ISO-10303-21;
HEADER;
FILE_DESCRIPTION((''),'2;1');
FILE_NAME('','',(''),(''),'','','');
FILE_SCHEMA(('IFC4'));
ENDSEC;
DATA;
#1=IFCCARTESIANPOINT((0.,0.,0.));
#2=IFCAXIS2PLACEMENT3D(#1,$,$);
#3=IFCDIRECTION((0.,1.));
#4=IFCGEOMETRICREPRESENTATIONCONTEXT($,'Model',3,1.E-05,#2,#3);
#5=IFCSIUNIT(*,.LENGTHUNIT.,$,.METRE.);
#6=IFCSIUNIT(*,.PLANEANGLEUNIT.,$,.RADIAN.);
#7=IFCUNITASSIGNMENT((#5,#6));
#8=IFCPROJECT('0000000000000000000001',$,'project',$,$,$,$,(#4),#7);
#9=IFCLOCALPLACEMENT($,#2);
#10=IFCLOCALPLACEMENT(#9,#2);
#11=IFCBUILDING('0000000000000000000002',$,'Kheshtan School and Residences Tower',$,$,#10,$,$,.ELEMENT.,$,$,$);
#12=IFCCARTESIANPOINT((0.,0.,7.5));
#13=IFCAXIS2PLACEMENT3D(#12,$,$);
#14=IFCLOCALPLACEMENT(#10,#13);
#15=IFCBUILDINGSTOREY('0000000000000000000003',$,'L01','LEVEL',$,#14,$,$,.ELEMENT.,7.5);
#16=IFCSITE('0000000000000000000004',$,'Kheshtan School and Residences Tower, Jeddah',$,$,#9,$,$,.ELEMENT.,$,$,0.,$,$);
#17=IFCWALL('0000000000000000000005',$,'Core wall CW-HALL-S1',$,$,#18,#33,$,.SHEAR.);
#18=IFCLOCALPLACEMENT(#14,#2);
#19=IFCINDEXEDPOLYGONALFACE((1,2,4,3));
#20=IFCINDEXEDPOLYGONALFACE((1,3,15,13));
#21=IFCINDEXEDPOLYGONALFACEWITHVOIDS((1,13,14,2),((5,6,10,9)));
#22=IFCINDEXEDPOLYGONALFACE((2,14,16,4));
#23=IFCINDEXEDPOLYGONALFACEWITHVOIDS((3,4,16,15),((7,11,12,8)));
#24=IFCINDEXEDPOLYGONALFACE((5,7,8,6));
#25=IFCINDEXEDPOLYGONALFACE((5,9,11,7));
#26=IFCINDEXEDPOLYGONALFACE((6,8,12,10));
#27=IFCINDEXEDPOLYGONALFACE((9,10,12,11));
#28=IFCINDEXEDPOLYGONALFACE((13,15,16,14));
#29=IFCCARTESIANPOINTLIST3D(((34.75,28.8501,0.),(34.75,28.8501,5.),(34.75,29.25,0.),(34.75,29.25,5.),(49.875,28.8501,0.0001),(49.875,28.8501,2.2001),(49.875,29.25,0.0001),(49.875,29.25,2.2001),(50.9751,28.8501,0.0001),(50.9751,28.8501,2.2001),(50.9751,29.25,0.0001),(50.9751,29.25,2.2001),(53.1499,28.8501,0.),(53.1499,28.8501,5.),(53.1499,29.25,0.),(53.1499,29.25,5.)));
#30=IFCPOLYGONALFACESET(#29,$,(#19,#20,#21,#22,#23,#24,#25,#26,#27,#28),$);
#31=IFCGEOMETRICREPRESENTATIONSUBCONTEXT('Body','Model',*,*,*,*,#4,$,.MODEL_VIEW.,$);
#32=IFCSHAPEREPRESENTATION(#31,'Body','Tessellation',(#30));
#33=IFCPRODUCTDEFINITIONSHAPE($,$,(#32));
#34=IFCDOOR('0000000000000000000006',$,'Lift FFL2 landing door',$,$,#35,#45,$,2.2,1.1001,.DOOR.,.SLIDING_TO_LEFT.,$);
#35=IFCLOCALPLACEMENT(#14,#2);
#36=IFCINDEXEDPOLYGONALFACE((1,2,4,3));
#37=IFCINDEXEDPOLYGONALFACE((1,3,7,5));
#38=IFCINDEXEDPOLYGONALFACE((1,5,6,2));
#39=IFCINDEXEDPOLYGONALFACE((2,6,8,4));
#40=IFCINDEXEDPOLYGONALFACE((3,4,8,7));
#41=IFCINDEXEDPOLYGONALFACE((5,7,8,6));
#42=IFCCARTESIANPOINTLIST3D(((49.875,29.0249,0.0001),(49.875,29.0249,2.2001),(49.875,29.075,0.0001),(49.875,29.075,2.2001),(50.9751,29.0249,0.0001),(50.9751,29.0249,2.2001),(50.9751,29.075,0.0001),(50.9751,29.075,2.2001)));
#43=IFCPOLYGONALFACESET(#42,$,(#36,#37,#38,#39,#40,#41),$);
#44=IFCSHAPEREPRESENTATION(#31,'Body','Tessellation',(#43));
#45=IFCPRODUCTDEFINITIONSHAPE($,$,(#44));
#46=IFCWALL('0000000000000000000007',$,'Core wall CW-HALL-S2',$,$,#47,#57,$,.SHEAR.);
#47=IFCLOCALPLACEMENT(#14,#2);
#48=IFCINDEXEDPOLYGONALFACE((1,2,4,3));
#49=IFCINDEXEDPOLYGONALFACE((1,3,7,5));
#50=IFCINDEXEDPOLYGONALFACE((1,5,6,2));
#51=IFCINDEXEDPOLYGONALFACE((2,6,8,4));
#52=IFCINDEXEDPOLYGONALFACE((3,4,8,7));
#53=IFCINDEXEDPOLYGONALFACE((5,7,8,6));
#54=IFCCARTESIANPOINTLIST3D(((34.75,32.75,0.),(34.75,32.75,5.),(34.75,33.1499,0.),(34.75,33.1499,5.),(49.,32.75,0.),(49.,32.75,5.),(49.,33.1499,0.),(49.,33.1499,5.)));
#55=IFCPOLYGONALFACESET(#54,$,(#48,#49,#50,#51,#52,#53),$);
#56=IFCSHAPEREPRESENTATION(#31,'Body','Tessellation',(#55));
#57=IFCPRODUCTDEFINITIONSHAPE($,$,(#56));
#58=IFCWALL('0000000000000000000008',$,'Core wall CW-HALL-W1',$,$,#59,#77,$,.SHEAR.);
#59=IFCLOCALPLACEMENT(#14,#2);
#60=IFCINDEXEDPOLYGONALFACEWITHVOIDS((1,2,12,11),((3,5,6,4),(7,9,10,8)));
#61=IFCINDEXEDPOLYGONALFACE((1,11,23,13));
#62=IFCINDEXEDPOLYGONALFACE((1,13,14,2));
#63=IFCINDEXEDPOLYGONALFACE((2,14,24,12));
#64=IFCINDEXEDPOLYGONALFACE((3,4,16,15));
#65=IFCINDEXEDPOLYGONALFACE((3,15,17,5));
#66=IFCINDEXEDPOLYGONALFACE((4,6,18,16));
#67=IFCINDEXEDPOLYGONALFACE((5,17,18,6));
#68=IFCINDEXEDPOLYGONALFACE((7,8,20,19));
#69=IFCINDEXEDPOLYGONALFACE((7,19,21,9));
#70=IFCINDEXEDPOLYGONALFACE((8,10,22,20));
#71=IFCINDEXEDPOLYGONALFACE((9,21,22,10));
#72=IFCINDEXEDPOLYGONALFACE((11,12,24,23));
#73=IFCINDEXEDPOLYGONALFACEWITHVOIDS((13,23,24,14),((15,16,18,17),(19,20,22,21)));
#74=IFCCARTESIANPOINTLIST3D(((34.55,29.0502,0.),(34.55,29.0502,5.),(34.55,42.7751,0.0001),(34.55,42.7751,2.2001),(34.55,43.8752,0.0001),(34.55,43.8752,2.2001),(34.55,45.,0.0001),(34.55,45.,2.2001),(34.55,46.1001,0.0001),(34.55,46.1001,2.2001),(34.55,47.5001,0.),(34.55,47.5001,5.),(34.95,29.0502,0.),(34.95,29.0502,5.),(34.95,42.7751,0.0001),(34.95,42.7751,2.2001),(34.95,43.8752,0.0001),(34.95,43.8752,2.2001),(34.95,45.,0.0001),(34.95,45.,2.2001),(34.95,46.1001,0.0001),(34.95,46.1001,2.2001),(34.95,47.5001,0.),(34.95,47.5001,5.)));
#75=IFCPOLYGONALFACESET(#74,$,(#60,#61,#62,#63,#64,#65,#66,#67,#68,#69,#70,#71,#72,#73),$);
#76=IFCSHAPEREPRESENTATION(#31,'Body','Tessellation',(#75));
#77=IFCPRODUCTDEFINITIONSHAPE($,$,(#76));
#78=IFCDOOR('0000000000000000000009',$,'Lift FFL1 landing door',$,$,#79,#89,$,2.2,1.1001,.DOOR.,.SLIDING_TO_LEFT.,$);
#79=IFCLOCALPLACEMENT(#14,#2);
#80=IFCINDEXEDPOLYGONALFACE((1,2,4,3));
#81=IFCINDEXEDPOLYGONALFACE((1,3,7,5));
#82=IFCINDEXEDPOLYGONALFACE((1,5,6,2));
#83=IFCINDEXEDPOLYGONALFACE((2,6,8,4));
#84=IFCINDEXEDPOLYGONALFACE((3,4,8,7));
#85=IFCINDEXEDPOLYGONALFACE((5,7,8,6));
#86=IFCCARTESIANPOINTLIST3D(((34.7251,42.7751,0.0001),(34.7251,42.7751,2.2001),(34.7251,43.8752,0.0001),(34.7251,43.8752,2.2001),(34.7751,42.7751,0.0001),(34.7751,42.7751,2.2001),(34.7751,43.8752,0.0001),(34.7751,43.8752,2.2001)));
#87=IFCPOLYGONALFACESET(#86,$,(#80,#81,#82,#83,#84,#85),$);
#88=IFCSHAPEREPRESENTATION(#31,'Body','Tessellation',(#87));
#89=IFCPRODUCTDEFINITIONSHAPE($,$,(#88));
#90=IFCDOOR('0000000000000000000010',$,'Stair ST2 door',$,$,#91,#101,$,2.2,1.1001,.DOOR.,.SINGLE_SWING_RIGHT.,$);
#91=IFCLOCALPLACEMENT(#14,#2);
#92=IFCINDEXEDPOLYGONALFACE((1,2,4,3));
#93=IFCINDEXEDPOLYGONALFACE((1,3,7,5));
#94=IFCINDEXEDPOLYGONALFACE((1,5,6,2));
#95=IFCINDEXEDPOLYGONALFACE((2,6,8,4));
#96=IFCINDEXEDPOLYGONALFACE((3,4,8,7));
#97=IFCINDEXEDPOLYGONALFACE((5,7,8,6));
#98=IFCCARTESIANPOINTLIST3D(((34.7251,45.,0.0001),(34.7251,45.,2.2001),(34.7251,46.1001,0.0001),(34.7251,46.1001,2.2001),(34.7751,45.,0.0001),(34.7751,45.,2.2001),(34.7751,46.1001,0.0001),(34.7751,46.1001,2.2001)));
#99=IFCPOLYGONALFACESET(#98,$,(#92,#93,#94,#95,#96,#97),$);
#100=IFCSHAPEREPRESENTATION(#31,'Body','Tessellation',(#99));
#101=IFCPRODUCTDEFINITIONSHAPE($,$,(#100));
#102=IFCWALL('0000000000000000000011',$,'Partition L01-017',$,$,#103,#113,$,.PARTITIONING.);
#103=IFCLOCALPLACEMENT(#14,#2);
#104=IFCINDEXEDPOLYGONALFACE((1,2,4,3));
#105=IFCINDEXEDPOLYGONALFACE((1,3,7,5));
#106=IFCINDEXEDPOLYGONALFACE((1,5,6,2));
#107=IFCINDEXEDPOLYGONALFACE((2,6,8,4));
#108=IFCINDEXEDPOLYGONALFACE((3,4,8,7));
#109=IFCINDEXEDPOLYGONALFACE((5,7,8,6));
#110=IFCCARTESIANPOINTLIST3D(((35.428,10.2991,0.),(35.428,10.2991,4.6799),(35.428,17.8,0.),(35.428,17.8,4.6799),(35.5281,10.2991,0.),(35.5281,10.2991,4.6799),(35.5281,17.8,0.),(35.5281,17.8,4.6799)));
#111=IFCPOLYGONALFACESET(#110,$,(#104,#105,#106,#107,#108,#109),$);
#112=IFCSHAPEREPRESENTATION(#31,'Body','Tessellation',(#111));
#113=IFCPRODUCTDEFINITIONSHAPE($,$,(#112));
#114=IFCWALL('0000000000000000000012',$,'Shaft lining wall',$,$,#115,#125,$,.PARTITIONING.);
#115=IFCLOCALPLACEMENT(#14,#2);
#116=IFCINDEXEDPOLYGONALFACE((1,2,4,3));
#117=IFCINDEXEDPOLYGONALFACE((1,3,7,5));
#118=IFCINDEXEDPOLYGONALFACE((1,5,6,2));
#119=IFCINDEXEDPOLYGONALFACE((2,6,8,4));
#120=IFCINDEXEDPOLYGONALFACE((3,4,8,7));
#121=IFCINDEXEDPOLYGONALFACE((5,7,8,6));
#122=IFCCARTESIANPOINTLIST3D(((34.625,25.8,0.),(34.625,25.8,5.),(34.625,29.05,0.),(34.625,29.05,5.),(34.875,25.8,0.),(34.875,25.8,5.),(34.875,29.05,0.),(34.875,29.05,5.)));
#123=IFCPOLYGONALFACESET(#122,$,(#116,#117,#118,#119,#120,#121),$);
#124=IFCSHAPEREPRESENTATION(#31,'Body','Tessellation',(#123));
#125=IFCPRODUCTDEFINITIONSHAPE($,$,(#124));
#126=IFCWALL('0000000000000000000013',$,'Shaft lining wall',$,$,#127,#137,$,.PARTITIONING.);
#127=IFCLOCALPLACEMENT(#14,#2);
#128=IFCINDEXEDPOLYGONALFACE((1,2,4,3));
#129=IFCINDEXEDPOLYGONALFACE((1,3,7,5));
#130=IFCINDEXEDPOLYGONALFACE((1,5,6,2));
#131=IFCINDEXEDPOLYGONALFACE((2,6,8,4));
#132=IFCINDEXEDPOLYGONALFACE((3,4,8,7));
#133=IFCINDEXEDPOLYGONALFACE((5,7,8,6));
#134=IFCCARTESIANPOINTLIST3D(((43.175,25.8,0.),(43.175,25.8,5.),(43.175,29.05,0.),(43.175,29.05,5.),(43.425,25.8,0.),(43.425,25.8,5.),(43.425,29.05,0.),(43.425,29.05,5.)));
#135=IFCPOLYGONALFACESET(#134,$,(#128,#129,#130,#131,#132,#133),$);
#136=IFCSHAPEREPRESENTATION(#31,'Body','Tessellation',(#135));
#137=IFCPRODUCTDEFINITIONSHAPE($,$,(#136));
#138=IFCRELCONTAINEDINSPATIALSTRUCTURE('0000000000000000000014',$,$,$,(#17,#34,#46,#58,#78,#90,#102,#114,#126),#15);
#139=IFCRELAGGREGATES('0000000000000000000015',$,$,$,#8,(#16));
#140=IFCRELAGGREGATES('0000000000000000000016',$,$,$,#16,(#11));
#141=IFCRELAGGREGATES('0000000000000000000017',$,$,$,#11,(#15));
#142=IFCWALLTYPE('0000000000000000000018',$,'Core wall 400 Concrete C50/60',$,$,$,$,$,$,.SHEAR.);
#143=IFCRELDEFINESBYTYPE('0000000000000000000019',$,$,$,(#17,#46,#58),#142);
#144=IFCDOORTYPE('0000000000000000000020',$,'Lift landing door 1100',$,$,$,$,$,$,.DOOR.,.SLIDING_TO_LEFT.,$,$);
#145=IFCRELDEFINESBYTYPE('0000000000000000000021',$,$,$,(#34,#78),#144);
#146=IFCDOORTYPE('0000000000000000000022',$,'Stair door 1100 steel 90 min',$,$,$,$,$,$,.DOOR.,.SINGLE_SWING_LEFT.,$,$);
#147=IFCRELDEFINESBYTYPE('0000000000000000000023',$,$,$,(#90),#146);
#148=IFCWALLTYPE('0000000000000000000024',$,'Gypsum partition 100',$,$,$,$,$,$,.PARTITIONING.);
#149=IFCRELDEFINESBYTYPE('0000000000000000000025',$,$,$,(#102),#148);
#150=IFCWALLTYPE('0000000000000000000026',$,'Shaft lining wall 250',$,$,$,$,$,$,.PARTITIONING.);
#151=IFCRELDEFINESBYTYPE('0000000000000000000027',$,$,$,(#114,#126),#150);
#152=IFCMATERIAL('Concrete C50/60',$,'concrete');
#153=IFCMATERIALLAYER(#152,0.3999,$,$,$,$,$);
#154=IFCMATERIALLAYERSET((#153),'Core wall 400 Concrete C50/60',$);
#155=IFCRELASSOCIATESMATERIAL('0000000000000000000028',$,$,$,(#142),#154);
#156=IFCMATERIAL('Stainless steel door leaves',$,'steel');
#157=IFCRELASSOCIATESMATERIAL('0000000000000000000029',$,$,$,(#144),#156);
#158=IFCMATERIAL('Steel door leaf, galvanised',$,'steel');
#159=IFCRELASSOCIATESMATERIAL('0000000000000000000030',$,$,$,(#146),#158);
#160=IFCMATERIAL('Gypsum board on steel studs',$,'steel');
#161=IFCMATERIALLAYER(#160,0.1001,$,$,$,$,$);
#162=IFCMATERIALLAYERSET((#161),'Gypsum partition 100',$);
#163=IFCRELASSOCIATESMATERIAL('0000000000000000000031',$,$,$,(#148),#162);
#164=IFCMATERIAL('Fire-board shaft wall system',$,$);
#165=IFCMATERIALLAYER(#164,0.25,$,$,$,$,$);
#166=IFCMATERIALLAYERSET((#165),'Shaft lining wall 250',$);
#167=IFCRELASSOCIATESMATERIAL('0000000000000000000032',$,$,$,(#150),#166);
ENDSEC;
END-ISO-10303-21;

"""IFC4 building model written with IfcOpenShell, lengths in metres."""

from ifc_helpers import new_model, si_unit, direction, frame, frame_2d, origin, place, context, subcontext, project, spatial, rectangle, extrude, source, transform, mapped, material, layer, layer_set, type_object, element, fill, save


model = new_model("IFC4")

# Units and contexts
model_context = context("Model", 3, precision=1e-05, world=origin(), true_north=direction((0.0, 1.0)))
body_context = subcontext(model_context, "Body", "Model", "MODEL_VIEW")
ifc_project = project(units=[si_unit("LENGTHUNIT", "METRE"), si_unit("PLANEANGLEUNIT", "RADIAN")], contexts=[model_context])

# Site, building, storey
site_placement = place(None, origin())
site = spatial("IfcSite", under=ifc_project, at=site_placement, Name="Kheshtan School and Residences Tower, Jeddah", CompositionType="ELEMENT", RefElevation=0.0)
building_placement = place(site_placement, origin())
building = spatial("IfcBuilding", under=site, at=building_placement, Name="Kheshtan School and Residences Tower", CompositionType="ELEMENT")
storey_placement = place(building_placement, frame((0.0, 0.0, 7.5)))
storey = spatial("IfcBuildingStorey", under=building, at=storey_placement, Name="L01", Description="LEVEL", CompositionType="ELEMENT", Elevation=7.5)

# Wall, opening, door
ifc_material_1 = material(Name="Concrete C50/60", Category="concrete")
ifc_layer_1 = layer(ifc_material_1, 0.3999)
ifc_layer_set_1 = layer_set([ifc_layer_1], Name="Core wall 400 Concrete C50/60")
wall_type_1 = type_object("IfcWallType", Name="Core wall 400 Concrete C50/60", PredefinedType="SHEAR", material=ifc_layer_set_1)
wall_1_placement = place(storey_placement, frame((34.75, 29.05, 0.0), z_axis=(0.0, 0.0, 1.0), x_axis=(1.0, 0.0, 0.0)))
wall_1 = element("IfcWall", 1, at=wall_1_placement, inside=storey, type_object=wall_type_1, Name="Core wall CW-HALL-S1", PredefinedType="SHEAR", context=body_context, shape_type="SweptSolid", body=[
    extrude(rectangle(XDim=18.3999, YDim=0.3999, at=frame_2d((9.2, 0.0))), origin(), (0.0, 0.0, 1.0), 5.0),
])
opening_1_placement = place(wall_1_placement, frame((15.125, 0.0, 0.0)))
opening_1 = element("IfcOpeningElement", 2, at=opening_1_placement, cuts=wall_1, PredefinedType="OPENING", context=body_context, shape_type="SweptSolid", body=[
    extrude(rectangle(XDim=1.1001, YDim=2.2, at=frame_2d((0.55, 1.1001))), frame((0.0, 0.21, 0.0), z_axis=(0.0, -1.0, 0.0), x_axis=(1.0, 0.0, 0.0)), (0.0, 0.0, 1.0), 0.4199),
])
ifc_material_2 = material(Name="Stainless steel door leaves", Category="steel")
door_type_1 = type_object("IfcDoorType", Name="Lift landing door 1100", OperationType="SLIDING_TO_LEFT", PredefinedType="DOOR", material=ifc_material_2)
shared_shape_1 = source(origin(), body_context, "Body", "SweptSolid", [
    extrude(rectangle(XDim=1.1001, YDim=2.2, at=frame_2d((0.55, 1.1001))), frame((0.0, 0.0249, 0.0), z_axis=(0.0, -1.0, 0.0), x_axis=(1.0, 0.0, 0.0)), (0.0, 0.0, 1.0), 0.05),
])
door_1_placement = place(opening_1_placement, origin())
door_1 = element("IfcDoor", 3, at=door_1_placement, inside=storey, type_object=door_type_1, Name="Lift FFL2 landing door", OperationType="SLIDING_TO_LEFT", OverallHeight=2.2, OverallWidth=1.1001, PredefinedType="DOOR", context=body_context, shape_type="MappedRepresentation", body=[
    mapped(shared_shape_1, transform((0.0, 0.0, 0.0), x_axis=(1.0, 0.0, 0.0), y_axis=(0.0, 1.0, 0.0), z_axis=(0.0, 0.0, 1.0), scale=1.0)),
])
fill(opening_1, door_1)

# Wall
wall_2_placement = place(storey_placement, frame((34.75, 32.95, 0.0), z_axis=(0.0, 0.0, 1.0), x_axis=(1.0, 0.0, 0.0)))
element("IfcWall", 4, at=wall_2_placement, inside=storey, type_object=wall_type_1, Name="Core wall CW-HALL-S2", PredefinedType="SHEAR", context=body_context, shape_type="SweptSolid", body=[
    extrude(rectangle(XDim=14.25, YDim=0.3999, at=frame_2d((7.125, 0.0))), origin(), (0.0, 0.0, 1.0), 5.0),
])

# Wall, openings, doors
wall_3_placement = place(storey_placement, frame((34.75, 29.05, 0.0), z_axis=(0.0, 0.0, 1.0), x_axis=(0.0, 1.0, 0.0)))
wall_3 = element("IfcWall", 5, at=wall_3_placement, inside=storey, type_object=wall_type_1, Name="Core wall CW-HALL-W1", PredefinedType="SHEAR", context=body_context, shape_type="SweptSolid", body=[
    extrude(rectangle(XDim=18.45, YDim=0.3999, at=frame_2d((9.2251, 0.0))), origin(), (0.0, 0.0, 1.0), 5.0),
])
opening_2_placement = place(wall_3_placement, frame((13.7251, 0.0, 0.0)))
opening_2 = element("IfcOpeningElement", 6, at=opening_2_placement, cuts=wall_3, PredefinedType="OPENING", context=body_context, shape_type="SweptSolid", body=[
    extrude(rectangle(XDim=1.1001, YDim=2.2, at=frame_2d((0.55, 1.1001))), frame((0.0, 0.21, 0.0), z_axis=(0.0, -1.0, 0.0), x_axis=(1.0, 0.0, 0.0)), (0.0, 0.0, 1.0), 0.4199),
])
opening_3_placement = place(wall_3_placement, frame((15.95, 0.0, 0.0)))
opening_3 = element("IfcOpeningElement", 7, at=opening_3_placement, cuts=wall_3, PredefinedType="OPENING", context=body_context, shape_type="SweptSolid", body=[
    extrude(rectangle(XDim=1.1001, YDim=2.2, at=frame_2d((0.55, 1.1001))), frame((0.0, 0.21, 0.0), z_axis=(0.0, -1.0, 0.0), x_axis=(1.0, 0.0, 0.0)), (0.0, 0.0, 1.0), 0.4199),
])
door_2_placement = place(opening_2_placement, origin())
door_2 = element("IfcDoor", 8, at=door_2_placement, inside=storey, type_object=door_type_1, Name="Lift FFL1 landing door", OperationType="SLIDING_TO_LEFT", OverallHeight=2.2, OverallWidth=1.1001, PredefinedType="DOOR", context=body_context, shape_type="MappedRepresentation", body=[
    mapped(shared_shape_1, transform((0.0, 0.0, 0.0), x_axis=(1.0, 0.0, 0.0), y_axis=(0.0, 1.0, 0.0), z_axis=(0.0, 0.0, 1.0), scale=1.0)),
])
fill(opening_2, door_2)
ifc_material_3 = material(Name="Steel door leaf, galvanised", Category="steel")
door_type_2 = type_object("IfcDoorType", Name="Stair door 1100 steel 90 min", OperationType="SINGLE_SWING_LEFT", PredefinedType="DOOR", material=ifc_material_3)
shared_shape_2 = source(origin(), body_context, "Body", "SweptSolid", [
    extrude(rectangle(XDim=1.1001, YDim=2.2, at=frame_2d((0.55, 1.1001))), frame((0.0, 0.0249, 0.0), z_axis=(0.0, -1.0, 0.0), x_axis=(1.0, 0.0, 0.0)), (0.0, 0.0, 1.0), 0.05),
])
door_3_placement = place(opening_3_placement, origin())
door_3 = element("IfcDoor", 9, at=door_3_placement, inside=storey, type_object=door_type_2, Name="Stair ST2 door", OperationType="SINGLE_SWING_RIGHT", OverallHeight=2.2, OverallWidth=1.1001, PredefinedType="DOOR", context=body_context, shape_type="MappedRepresentation", body=[
    mapped(shared_shape_2, transform((0.0, 0.0, 0.0), x_axis=(1.0, 0.0, 0.0), y_axis=(0.0, 1.0, 0.0), z_axis=(0.0, 0.0, 1.0), scale=1.0)),
])
fill(opening_3, door_3)

# Walls
ifc_material_4 = material(Name="Gypsum board on steel studs", Category="steel")
ifc_layer_2 = layer(ifc_material_4, 0.1001)
ifc_layer_set_2 = layer_set([ifc_layer_2], Name="Gypsum partition 100")
wall_type_2 = type_object("IfcWallType", Name="Gypsum partition 100", PredefinedType="PARTITIONING", material=ifc_layer_set_2)
wall_4_placement = place(storey_placement, frame((35.478, 10.2991, 0.0), z_axis=(0.0, 0.0, 1.0), x_axis=(0.0, 1.0, 0.0)))
element("IfcWall", 10, at=wall_4_placement, inside=storey, type_object=wall_type_2, Name="Partition L01-017", PredefinedType="PARTITIONING", context=body_context, shape_type="SweptSolid", body=[
    extrude(rectangle(XDim=7.501, YDim=0.1001, at=frame_2d((3.7505, 0.0))), origin(), (0.0, 0.0, 1.0), 4.6799),
])
ifc_material_5 = material(Name="Fire-board shaft wall system")
ifc_layer_3 = layer(ifc_material_5, 0.25)
ifc_layer_set_3 = layer_set([ifc_layer_3], Name="Shaft lining wall 250")
wall_type_3 = type_object("IfcWallType", Name="Shaft lining wall 250", PredefinedType="PARTITIONING", material=ifc_layer_set_3)
for number, where, z_axis, x_axis, name in (
    (11, (34.75, 25.8, 0.0), (0.0, 0.0, 1.0), (0.0, 1.0, 0.0), "Shaft lining wall"),
    (12, (43.3, 25.8, 0.0), (0.0, 0.0, 1.0), (0.0, 1.0, 0.0), "Shaft lining wall"),
):
    element("IfcWall", number, at=place(storey_placement, frame(where, z_axis=z_axis, x_axis=x_axis)), inside=storey, type_object=wall_type_3, Name=name, PredefinedType="PARTITIONING", context=body_context, shape_type="SweptSolid", body=[
        extrude(rectangle(XDim=3.25, YDim=0.25, at=frame_2d((1.625, 0.0))), origin(), (0.0, 0.0, 1.0), 5.0),
    ])

save(model, "model.ifc")
